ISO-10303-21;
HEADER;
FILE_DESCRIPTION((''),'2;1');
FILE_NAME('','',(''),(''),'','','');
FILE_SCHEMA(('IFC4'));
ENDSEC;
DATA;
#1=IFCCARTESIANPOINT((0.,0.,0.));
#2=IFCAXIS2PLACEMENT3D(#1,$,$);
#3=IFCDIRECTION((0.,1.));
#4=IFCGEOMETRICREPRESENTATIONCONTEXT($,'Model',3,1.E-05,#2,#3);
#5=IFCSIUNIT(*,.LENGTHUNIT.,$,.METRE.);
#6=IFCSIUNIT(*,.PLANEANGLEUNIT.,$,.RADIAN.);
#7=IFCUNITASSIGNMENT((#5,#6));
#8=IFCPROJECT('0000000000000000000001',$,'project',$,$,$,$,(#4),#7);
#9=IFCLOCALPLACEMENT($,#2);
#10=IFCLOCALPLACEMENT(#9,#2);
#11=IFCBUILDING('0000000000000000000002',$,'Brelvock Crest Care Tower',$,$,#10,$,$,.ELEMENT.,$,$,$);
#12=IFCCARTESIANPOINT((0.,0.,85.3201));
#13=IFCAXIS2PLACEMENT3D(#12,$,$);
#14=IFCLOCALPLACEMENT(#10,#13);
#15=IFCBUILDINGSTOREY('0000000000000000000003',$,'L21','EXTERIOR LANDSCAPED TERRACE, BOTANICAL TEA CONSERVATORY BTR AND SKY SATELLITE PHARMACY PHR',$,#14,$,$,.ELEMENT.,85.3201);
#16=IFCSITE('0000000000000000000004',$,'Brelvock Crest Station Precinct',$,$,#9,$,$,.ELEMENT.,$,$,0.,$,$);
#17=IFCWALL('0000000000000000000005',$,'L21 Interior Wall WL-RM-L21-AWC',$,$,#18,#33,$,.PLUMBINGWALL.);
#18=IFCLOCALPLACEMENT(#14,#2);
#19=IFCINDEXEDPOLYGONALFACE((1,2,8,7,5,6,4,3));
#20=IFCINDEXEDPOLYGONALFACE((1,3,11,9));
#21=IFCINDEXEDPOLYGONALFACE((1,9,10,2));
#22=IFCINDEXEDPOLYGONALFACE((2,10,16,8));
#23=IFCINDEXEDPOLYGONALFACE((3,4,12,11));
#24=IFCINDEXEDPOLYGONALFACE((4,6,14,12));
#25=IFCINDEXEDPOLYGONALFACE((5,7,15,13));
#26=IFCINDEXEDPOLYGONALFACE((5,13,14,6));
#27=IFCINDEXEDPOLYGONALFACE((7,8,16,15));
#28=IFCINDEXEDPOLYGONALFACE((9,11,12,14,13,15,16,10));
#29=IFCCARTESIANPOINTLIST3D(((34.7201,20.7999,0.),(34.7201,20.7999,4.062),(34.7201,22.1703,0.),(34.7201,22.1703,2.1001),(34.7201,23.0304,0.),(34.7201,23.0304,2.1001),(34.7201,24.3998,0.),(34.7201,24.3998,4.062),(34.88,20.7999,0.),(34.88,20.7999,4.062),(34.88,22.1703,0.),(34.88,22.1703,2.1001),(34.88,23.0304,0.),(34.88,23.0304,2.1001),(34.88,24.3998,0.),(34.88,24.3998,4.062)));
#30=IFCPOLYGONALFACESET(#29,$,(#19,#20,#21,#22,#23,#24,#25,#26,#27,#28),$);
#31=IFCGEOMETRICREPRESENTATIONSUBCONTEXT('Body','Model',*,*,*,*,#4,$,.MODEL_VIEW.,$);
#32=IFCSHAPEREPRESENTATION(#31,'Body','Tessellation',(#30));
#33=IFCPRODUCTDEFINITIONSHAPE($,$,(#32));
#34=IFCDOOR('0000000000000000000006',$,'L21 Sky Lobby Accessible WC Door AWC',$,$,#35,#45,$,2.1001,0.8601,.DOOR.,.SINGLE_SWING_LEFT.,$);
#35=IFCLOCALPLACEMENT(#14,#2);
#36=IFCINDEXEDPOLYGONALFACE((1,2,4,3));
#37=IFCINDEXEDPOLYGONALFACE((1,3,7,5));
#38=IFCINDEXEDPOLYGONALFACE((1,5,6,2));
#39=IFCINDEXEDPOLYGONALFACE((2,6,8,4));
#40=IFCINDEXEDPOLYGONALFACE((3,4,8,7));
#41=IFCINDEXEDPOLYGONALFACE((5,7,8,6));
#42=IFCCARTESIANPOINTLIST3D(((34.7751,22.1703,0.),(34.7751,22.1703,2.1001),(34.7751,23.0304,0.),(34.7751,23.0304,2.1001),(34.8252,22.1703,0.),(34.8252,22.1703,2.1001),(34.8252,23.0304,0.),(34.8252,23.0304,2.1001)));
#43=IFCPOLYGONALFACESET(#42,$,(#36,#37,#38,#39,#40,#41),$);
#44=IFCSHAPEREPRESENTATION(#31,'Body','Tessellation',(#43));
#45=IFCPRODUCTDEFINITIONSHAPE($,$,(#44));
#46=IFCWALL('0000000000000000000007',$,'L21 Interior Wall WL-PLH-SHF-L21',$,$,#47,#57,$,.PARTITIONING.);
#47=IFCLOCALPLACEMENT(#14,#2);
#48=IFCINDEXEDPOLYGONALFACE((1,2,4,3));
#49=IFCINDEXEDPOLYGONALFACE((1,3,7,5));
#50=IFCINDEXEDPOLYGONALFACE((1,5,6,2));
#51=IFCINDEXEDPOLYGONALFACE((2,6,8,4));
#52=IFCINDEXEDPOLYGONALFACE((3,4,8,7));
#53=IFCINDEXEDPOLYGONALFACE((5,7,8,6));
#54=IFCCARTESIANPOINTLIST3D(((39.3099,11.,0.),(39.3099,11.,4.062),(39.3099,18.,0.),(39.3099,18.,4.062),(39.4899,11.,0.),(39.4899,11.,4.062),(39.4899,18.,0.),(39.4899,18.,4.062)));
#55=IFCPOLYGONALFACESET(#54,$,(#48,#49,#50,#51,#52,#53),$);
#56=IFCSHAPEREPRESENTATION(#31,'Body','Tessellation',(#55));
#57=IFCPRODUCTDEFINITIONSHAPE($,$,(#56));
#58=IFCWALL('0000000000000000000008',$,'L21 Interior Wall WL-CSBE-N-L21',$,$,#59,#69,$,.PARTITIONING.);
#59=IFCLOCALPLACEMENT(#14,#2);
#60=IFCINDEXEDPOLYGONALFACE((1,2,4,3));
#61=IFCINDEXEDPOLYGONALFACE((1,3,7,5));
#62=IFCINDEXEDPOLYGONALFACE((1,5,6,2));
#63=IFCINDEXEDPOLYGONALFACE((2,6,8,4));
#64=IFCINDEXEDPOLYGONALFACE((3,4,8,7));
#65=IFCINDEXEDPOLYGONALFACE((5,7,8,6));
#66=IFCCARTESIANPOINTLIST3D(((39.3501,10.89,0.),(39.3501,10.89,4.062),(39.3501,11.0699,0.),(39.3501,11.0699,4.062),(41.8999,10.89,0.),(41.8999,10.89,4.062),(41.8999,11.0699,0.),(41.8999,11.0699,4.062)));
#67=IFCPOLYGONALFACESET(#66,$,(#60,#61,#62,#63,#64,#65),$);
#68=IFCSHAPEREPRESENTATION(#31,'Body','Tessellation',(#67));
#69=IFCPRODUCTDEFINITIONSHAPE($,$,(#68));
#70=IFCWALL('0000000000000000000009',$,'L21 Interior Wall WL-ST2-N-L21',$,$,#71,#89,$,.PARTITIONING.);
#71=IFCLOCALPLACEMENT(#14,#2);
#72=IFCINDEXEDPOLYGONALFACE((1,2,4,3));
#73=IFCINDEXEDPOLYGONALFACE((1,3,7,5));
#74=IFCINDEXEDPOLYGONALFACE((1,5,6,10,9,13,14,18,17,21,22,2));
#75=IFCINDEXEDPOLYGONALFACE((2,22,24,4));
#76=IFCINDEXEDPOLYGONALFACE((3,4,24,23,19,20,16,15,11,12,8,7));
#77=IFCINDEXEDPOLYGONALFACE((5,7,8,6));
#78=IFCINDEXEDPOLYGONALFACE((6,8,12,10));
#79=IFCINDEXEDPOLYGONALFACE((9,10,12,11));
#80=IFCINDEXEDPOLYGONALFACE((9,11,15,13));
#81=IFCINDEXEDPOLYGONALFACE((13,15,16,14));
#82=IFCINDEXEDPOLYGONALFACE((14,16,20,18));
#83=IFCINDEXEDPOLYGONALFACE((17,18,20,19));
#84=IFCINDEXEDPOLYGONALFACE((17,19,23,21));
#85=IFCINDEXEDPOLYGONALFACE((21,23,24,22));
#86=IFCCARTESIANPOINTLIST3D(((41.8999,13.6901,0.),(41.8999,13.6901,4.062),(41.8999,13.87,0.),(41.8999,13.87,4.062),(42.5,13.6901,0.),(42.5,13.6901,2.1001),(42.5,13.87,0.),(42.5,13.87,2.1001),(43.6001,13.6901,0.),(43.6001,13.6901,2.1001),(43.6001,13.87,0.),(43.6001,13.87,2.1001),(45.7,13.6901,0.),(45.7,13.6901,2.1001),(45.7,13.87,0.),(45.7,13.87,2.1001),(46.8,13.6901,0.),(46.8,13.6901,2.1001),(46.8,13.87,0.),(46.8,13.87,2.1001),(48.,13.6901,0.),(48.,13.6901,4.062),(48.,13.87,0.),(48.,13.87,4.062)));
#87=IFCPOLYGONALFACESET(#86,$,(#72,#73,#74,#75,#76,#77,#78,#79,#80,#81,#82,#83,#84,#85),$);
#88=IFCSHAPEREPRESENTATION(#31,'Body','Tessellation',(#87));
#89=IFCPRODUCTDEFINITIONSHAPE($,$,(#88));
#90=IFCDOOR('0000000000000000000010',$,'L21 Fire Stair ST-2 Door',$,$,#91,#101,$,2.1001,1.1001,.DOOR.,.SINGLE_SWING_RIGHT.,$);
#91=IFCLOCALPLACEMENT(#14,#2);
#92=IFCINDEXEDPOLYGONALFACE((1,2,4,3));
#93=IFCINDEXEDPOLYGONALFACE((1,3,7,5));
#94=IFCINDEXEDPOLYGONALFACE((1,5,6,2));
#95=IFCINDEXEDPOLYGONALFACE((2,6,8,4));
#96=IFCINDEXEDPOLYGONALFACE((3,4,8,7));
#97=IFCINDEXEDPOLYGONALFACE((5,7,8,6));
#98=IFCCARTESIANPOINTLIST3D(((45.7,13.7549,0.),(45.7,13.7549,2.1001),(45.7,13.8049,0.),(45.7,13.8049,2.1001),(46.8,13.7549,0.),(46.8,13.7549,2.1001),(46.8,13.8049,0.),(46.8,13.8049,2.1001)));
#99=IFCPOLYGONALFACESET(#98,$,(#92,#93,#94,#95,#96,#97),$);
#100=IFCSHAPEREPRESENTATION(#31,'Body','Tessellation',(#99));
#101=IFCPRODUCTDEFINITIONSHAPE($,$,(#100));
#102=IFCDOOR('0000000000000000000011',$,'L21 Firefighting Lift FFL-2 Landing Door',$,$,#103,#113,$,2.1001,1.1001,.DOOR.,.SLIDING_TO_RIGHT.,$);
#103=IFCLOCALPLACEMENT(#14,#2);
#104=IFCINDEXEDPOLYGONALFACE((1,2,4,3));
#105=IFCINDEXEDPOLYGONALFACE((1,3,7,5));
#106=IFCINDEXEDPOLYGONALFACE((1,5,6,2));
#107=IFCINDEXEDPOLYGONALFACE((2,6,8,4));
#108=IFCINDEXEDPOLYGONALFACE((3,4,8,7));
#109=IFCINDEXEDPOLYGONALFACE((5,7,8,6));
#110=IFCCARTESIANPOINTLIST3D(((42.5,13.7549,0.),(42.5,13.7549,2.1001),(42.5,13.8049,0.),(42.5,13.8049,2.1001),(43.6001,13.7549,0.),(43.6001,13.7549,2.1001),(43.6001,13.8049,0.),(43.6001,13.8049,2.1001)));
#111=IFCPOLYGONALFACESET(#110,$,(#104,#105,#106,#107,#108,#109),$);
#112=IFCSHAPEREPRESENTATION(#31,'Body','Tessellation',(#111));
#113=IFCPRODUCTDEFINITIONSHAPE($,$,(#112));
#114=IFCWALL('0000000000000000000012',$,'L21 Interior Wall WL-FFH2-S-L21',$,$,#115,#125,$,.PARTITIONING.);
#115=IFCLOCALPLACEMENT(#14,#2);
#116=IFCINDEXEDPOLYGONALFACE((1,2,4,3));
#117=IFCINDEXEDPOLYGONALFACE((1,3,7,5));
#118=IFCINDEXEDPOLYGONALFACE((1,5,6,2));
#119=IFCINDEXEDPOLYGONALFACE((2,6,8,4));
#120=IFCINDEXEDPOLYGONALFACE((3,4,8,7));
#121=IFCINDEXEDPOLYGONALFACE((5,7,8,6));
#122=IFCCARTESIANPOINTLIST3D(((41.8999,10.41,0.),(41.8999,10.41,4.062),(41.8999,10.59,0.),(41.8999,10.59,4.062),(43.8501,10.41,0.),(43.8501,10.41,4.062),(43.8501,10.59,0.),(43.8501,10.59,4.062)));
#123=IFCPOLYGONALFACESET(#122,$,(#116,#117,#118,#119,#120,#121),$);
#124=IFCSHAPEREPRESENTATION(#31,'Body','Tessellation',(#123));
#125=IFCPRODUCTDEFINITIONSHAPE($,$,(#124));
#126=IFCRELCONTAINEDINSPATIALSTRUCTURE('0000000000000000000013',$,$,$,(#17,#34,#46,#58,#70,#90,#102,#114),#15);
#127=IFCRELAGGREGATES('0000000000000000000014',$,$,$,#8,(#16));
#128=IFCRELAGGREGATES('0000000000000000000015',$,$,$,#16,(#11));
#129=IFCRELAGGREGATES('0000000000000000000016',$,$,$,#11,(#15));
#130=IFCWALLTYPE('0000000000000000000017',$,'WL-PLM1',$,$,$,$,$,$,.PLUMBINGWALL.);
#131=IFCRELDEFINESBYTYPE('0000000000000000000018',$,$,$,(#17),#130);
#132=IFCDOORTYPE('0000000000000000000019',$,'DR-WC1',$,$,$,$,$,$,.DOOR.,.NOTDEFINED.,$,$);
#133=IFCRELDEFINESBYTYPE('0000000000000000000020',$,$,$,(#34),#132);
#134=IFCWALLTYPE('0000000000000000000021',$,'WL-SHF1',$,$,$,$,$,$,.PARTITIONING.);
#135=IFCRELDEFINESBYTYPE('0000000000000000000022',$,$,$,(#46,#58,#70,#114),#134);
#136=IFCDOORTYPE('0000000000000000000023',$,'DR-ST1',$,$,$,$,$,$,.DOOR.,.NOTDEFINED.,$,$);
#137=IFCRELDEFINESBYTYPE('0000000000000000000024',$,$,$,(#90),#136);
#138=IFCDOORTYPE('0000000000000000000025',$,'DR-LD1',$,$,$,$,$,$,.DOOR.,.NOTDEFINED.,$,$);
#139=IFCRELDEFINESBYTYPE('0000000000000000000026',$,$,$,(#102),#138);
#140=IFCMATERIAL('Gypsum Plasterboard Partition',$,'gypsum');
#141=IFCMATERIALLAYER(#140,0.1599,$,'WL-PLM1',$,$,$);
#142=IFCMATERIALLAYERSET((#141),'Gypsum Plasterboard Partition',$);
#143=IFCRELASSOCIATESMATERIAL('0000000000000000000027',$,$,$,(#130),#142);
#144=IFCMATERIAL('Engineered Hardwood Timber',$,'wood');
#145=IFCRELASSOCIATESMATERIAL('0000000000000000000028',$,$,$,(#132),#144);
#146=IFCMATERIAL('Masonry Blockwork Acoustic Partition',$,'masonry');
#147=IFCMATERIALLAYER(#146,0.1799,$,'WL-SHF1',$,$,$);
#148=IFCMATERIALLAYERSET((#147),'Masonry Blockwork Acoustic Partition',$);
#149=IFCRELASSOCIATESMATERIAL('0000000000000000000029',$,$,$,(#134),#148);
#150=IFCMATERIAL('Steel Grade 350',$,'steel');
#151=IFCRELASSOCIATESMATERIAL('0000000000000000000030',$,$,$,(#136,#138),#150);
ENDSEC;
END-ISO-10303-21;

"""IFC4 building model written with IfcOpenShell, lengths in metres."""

from ifc_helpers import new_model, si_unit, direction, frame, frame_2d, origin, origin_2d, place, context, subcontext, project, spatial, rectangle, extrude, source, transform, mapped, material, layer, layer_set, type_object, element, fill, save


model = new_model("IFC4")

# Units and contexts
model_context = context("Model", 3, precision=1e-05, world=origin(), true_north=direction((0.0, 1.0)))
body_context = subcontext(model_context, "Body", "Model", "MODEL_VIEW")
ifc_project = project(units=[si_unit("LENGTHUNIT", "METRE"), si_unit("PLANEANGLEUNIT", "RADIAN")], contexts=[model_context])

# Site, building, storey
site_placement = place(None, origin())
site = spatial("IfcSite", under=ifc_project, at=site_placement, Name="Brelvock Crest Station Precinct", CompositionType="ELEMENT", RefElevation=0.0)
building_placement = place(site_placement, origin())
building = spatial("IfcBuilding", under=site, at=building_placement, Name="Brelvock Crest Care Tower", CompositionType="ELEMENT")
storey_placement = place(building_placement, frame((0.0, 0.0, 85.3201)))
storey = spatial("IfcBuildingStorey", under=building, at=storey_placement, Name="L21", Description="EXTERIOR LANDSCAPED TERRACE, BOTANICAL TEA CONSERVATORY BTR AND SKY SATELLITE PHARMACY PHR", CompositionType="ELEMENT", Elevation=85.3201)

# Shared definitions
ifc_material_1 = material(Name="Steel Grade 350", Category="steel")

# Shared definitions
ifc_material_2 = material(Name="Masonry Blockwork Acoustic Partition", Category="masonry")

# Wall, opening, door
ifc_material_3 = material(Name="Gypsum Plasterboard Partition", Category="gypsum")
ifc_layer_1 = layer(ifc_material_3, 0.1599, Name="WL-PLM1")
ifc_layer_set_1 = layer_set([ifc_layer_1], Name="Gypsum Plasterboard Partition")
wall_type_1 = type_object("IfcWallType", Name="WL-PLM1", PredefinedType="PLUMBINGWALL", material=ifc_layer_set_1)
wall_1_placement = place(storey_placement, frame((34.8, 20.8, 0.0), z_axis=(0.0, 0.0, 1.0), x_axis=(0.0, 1.0, 0.0)))
wall_1 = element("IfcWall", 1, at=wall_1_placement, inside=storey, type_object=wall_type_1, Name="L21 Interior Wall WL-RM-L21-AWC", PredefinedType="PLUMBINGWALL", context=body_context, shape_type="SweptSolid", body=[
    extrude(rectangle(XDim=3.5999, YDim=0.1599, at=frame_2d((1.7998, 0.0))), origin(), (0.0, 0.0, 1.0), 4.062),
])
opening_1_placement = place(wall_1_placement, frame((1.3701, 0.0, 0.0)))
opening_1 = element("IfcOpeningElement", 2, at=opening_1_placement, cuts=wall_1, PredefinedType="OPENING", context=body_context, shape_type="SweptSolid", body=[
    extrude(rectangle(XDim=0.8601, YDim=2.1001, at=origin_2d()), frame((0.4302, 0.0898, 1.05), z_axis=(0.0, -1.0, 0.0), x_axis=(1.0, 0.0, 0.0)), (0.0, 0.0, 1.0), 0.1799),
])
ifc_material_4 = material(Name="Engineered Hardwood Timber", Category="wood")
door_type_1 = type_object("IfcDoorType", Name="DR-WC1", OperationType="NOTDEFINED", PredefinedType="DOOR", material=ifc_material_4)
shared_shape_1 = source(origin(), body_context, "Body", "SweptSolid", [
    extrude(rectangle(XDim=0.8601, YDim=2.1001, at=origin_2d()), frame((0.4302, 0.0249, 1.05), z_axis=(0.0, -1.0, 0.0), x_axis=(1.0, 0.0, 0.0)), (0.0, 0.0, 1.0), 0.05),
])
door_1_placement = place(opening_1_placement, origin())
door_1 = element("IfcDoor", 3, at=door_1_placement, inside=storey, type_object=door_type_1, Name="L21 Sky Lobby Accessible WC Door AWC", OperationType="SINGLE_SWING_LEFT", OverallHeight=2.1001, OverallWidth=0.8601, PredefinedType="DOOR", context=body_context, shape_type="MappedRepresentation", body=[
    mapped(shared_shape_1, transform((0.0, 0.0, 0.0), x_axis=(1.0, 0.0, 0.0), y_axis=(0.0, 1.0, 0.0), z_axis=(0.0, 0.0, 1.0), scale=1.0)),
])
fill(opening_1, door_1)

# Walls
ifc_layer_2 = layer(ifc_material_2, 0.1799, Name="WL-SHF1")
ifc_layer_set_2 = layer_set([ifc_layer_2], Name="Masonry Blockwork Acoustic Partition")
wall_type_2 = type_object("IfcWallType", Name="WL-SHF1", PredefinedType="PARTITIONING", material=ifc_layer_set_2)
wall_2_placement = place(storey_placement, frame((39.3999, 11.0, 0.0), z_axis=(0.0, 0.0, 1.0), x_axis=(0.0, 1.0, 0.0)))
element("IfcWall", 4, at=wall_2_placement, inside=storey, type_object=wall_type_2, Name="L21 Interior Wall WL-PLH-SHF-L21", PredefinedType="PARTITIONING", context=body_context, shape_type="SweptSolid", body=[
    extrude(rectangle(XDim=7.0, YDim=0.1799, at=frame_2d((3.5, 0.0))), origin(), (0.0, 0.0, 1.0), 4.062),
])
wall_3_placement = place(storey_placement, frame((39.3501, 10.98, 0.0), z_axis=(0.0, 0.0, 1.0), x_axis=(1.0, 0.0, 0.0)))
element("IfcWall", 5, at=wall_3_placement, inside=storey, type_object=wall_type_2, Name="L21 Interior Wall WL-CSBE-N-L21", PredefinedType="PARTITIONING", context=body_context, shape_type="SweptSolid", body=[
    extrude(rectangle(XDim=2.5498, YDim=0.1799, at=frame_2d((1.2749, 0.0))), origin(), (0.0, 0.0, 1.0), 4.062),
])

# Wall, openings, doors
wall_4_placement = place(storey_placement, frame((41.8999, 13.78, 0.0), z_axis=(0.0, 0.0, 1.0), x_axis=(1.0, 0.0, 0.0)))
wall_4 = element("IfcWall", 6, at=wall_4_placement, inside=storey, type_object=wall_type_2, Name="L21 Interior Wall WL-ST2-N-L21", PredefinedType="PARTITIONING", context=body_context, shape_type="SweptSolid", body=[
    extrude(rectangle(XDim=6.1001, YDim=0.1799, at=frame_2d((3.05, 0.0))), origin(), (0.0, 0.0, 1.0), 4.062),
])
opening_2_placement = place(wall_4_placement, frame((0.6001, 0.0, 0.0)))
opening_2 = element("IfcOpeningElement", 7, at=opening_2_placement, cuts=wall_4, PredefinedType="OPENING", context=body_context, shape_type="SweptSolid", body=[
    extrude(rectangle(XDim=1.1001, YDim=2.1001, at=origin_2d()), frame((0.55, 0.1001, 1.05), z_axis=(0.0, -1.0, 0.0), x_axis=(1.0, 0.0, 0.0)), (0.0, 0.0, 1.0), 0.2),
])
opening_3_placement = place(wall_4_placement, frame((3.8, 0.0, 0.0)))
opening_3 = element("IfcOpeningElement", 8, at=opening_3_placement, cuts=wall_4, PredefinedType="OPENING", context=body_context, shape_type="SweptSolid", body=[
    extrude(rectangle(XDim=1.1001, YDim=2.1001, at=origin_2d()), frame((0.55, 0.1001, 1.05), z_axis=(0.0, -1.0, 0.0), x_axis=(1.0, 0.0, 0.0)), (0.0, 0.0, 1.0), 0.2),
])
door_type_2 = type_object("IfcDoorType", Name="DR-ST1", OperationType="NOTDEFINED", PredefinedType="DOOR", material=ifc_material_1)
shared_shape_2 = source(origin(), body_context, "Body", "SweptSolid", [
    extrude(rectangle(XDim=1.1001, YDim=2.1001, at=origin_2d()), frame((0.55, 0.0249, 1.05), z_axis=(0.0, -1.0, 0.0), x_axis=(1.0, 0.0, 0.0)), (0.0, 0.0, 1.0), 0.05),
])
door_2_placement = place(opening_3_placement, origin())
door_2 = element("IfcDoor", 9, at=door_2_placement, inside=storey, type_object=door_type_2, Name="L21 Fire Stair ST-2 Door", OperationType="SINGLE_SWING_RIGHT", OverallHeight=2.1001, OverallWidth=1.1001, PredefinedType="DOOR", context=body_context, shape_type="MappedRepresentation", body=[
    mapped(shared_shape_2, transform((0.0, 0.0, 0.0), x_axis=(1.0, 0.0, 0.0), y_axis=(0.0, 1.0, 0.0), z_axis=(0.0, 0.0, 1.0), scale=1.0)),
])
fill(opening_3, door_2)
door_type_3 = type_object("IfcDoorType", Name="DR-LD1", OperationType="NOTDEFINED", PredefinedType="DOOR", material=ifc_material_1)
shared_shape_3 = source(origin(), body_context, "Body", "SweptSolid", [
    extrude(rectangle(XDim=1.1001, YDim=2.1001, at=origin_2d()), frame((0.55, 0.0249, 1.05), z_axis=(0.0, -1.0, 0.0), x_axis=(1.0, 0.0, 0.0)), (0.0, 0.0, 1.0), 0.05),
])
door_3_placement = place(opening_2_placement, origin())
door_3 = element("IfcDoor", 10, at=door_3_placement, inside=storey, type_object=door_type_3, Name="L21 Firefighting Lift FFL-2 Landing Door", OperationType="SLIDING_TO_RIGHT", OverallHeight=2.1001, OverallWidth=1.1001, PredefinedType="DOOR", context=body_context, shape_type="MappedRepresentation", body=[
    mapped(shared_shape_3, transform((0.0, 0.0, 0.0), x_axis=(1.0, 0.0, 0.0), y_axis=(0.0, 1.0, 0.0), z_axis=(0.0, 0.0, 1.0), scale=1.0)),
])
fill(opening_2, door_3)

# Wall
wall_5_placement = place(storey_placement, frame((41.8999, 10.5, 0.0), z_axis=(0.0, 0.0, 1.0), x_axis=(1.0, 0.0, 0.0)))
element("IfcWall", 11, at=wall_5_placement, inside=storey, type_object=wall_type_2, Name="L21 Interior Wall WL-FFH2-S-L21", PredefinedType="PARTITIONING", context=body_context, shape_type="SweptSolid", body=[
    extrude(rectangle(XDim=1.9502, YDim=0.1799, at=frame_2d((0.9751, 0.0))), origin(), (0.0, 0.0, 1.0), 4.062),
])

save(model, "model.ifc")
